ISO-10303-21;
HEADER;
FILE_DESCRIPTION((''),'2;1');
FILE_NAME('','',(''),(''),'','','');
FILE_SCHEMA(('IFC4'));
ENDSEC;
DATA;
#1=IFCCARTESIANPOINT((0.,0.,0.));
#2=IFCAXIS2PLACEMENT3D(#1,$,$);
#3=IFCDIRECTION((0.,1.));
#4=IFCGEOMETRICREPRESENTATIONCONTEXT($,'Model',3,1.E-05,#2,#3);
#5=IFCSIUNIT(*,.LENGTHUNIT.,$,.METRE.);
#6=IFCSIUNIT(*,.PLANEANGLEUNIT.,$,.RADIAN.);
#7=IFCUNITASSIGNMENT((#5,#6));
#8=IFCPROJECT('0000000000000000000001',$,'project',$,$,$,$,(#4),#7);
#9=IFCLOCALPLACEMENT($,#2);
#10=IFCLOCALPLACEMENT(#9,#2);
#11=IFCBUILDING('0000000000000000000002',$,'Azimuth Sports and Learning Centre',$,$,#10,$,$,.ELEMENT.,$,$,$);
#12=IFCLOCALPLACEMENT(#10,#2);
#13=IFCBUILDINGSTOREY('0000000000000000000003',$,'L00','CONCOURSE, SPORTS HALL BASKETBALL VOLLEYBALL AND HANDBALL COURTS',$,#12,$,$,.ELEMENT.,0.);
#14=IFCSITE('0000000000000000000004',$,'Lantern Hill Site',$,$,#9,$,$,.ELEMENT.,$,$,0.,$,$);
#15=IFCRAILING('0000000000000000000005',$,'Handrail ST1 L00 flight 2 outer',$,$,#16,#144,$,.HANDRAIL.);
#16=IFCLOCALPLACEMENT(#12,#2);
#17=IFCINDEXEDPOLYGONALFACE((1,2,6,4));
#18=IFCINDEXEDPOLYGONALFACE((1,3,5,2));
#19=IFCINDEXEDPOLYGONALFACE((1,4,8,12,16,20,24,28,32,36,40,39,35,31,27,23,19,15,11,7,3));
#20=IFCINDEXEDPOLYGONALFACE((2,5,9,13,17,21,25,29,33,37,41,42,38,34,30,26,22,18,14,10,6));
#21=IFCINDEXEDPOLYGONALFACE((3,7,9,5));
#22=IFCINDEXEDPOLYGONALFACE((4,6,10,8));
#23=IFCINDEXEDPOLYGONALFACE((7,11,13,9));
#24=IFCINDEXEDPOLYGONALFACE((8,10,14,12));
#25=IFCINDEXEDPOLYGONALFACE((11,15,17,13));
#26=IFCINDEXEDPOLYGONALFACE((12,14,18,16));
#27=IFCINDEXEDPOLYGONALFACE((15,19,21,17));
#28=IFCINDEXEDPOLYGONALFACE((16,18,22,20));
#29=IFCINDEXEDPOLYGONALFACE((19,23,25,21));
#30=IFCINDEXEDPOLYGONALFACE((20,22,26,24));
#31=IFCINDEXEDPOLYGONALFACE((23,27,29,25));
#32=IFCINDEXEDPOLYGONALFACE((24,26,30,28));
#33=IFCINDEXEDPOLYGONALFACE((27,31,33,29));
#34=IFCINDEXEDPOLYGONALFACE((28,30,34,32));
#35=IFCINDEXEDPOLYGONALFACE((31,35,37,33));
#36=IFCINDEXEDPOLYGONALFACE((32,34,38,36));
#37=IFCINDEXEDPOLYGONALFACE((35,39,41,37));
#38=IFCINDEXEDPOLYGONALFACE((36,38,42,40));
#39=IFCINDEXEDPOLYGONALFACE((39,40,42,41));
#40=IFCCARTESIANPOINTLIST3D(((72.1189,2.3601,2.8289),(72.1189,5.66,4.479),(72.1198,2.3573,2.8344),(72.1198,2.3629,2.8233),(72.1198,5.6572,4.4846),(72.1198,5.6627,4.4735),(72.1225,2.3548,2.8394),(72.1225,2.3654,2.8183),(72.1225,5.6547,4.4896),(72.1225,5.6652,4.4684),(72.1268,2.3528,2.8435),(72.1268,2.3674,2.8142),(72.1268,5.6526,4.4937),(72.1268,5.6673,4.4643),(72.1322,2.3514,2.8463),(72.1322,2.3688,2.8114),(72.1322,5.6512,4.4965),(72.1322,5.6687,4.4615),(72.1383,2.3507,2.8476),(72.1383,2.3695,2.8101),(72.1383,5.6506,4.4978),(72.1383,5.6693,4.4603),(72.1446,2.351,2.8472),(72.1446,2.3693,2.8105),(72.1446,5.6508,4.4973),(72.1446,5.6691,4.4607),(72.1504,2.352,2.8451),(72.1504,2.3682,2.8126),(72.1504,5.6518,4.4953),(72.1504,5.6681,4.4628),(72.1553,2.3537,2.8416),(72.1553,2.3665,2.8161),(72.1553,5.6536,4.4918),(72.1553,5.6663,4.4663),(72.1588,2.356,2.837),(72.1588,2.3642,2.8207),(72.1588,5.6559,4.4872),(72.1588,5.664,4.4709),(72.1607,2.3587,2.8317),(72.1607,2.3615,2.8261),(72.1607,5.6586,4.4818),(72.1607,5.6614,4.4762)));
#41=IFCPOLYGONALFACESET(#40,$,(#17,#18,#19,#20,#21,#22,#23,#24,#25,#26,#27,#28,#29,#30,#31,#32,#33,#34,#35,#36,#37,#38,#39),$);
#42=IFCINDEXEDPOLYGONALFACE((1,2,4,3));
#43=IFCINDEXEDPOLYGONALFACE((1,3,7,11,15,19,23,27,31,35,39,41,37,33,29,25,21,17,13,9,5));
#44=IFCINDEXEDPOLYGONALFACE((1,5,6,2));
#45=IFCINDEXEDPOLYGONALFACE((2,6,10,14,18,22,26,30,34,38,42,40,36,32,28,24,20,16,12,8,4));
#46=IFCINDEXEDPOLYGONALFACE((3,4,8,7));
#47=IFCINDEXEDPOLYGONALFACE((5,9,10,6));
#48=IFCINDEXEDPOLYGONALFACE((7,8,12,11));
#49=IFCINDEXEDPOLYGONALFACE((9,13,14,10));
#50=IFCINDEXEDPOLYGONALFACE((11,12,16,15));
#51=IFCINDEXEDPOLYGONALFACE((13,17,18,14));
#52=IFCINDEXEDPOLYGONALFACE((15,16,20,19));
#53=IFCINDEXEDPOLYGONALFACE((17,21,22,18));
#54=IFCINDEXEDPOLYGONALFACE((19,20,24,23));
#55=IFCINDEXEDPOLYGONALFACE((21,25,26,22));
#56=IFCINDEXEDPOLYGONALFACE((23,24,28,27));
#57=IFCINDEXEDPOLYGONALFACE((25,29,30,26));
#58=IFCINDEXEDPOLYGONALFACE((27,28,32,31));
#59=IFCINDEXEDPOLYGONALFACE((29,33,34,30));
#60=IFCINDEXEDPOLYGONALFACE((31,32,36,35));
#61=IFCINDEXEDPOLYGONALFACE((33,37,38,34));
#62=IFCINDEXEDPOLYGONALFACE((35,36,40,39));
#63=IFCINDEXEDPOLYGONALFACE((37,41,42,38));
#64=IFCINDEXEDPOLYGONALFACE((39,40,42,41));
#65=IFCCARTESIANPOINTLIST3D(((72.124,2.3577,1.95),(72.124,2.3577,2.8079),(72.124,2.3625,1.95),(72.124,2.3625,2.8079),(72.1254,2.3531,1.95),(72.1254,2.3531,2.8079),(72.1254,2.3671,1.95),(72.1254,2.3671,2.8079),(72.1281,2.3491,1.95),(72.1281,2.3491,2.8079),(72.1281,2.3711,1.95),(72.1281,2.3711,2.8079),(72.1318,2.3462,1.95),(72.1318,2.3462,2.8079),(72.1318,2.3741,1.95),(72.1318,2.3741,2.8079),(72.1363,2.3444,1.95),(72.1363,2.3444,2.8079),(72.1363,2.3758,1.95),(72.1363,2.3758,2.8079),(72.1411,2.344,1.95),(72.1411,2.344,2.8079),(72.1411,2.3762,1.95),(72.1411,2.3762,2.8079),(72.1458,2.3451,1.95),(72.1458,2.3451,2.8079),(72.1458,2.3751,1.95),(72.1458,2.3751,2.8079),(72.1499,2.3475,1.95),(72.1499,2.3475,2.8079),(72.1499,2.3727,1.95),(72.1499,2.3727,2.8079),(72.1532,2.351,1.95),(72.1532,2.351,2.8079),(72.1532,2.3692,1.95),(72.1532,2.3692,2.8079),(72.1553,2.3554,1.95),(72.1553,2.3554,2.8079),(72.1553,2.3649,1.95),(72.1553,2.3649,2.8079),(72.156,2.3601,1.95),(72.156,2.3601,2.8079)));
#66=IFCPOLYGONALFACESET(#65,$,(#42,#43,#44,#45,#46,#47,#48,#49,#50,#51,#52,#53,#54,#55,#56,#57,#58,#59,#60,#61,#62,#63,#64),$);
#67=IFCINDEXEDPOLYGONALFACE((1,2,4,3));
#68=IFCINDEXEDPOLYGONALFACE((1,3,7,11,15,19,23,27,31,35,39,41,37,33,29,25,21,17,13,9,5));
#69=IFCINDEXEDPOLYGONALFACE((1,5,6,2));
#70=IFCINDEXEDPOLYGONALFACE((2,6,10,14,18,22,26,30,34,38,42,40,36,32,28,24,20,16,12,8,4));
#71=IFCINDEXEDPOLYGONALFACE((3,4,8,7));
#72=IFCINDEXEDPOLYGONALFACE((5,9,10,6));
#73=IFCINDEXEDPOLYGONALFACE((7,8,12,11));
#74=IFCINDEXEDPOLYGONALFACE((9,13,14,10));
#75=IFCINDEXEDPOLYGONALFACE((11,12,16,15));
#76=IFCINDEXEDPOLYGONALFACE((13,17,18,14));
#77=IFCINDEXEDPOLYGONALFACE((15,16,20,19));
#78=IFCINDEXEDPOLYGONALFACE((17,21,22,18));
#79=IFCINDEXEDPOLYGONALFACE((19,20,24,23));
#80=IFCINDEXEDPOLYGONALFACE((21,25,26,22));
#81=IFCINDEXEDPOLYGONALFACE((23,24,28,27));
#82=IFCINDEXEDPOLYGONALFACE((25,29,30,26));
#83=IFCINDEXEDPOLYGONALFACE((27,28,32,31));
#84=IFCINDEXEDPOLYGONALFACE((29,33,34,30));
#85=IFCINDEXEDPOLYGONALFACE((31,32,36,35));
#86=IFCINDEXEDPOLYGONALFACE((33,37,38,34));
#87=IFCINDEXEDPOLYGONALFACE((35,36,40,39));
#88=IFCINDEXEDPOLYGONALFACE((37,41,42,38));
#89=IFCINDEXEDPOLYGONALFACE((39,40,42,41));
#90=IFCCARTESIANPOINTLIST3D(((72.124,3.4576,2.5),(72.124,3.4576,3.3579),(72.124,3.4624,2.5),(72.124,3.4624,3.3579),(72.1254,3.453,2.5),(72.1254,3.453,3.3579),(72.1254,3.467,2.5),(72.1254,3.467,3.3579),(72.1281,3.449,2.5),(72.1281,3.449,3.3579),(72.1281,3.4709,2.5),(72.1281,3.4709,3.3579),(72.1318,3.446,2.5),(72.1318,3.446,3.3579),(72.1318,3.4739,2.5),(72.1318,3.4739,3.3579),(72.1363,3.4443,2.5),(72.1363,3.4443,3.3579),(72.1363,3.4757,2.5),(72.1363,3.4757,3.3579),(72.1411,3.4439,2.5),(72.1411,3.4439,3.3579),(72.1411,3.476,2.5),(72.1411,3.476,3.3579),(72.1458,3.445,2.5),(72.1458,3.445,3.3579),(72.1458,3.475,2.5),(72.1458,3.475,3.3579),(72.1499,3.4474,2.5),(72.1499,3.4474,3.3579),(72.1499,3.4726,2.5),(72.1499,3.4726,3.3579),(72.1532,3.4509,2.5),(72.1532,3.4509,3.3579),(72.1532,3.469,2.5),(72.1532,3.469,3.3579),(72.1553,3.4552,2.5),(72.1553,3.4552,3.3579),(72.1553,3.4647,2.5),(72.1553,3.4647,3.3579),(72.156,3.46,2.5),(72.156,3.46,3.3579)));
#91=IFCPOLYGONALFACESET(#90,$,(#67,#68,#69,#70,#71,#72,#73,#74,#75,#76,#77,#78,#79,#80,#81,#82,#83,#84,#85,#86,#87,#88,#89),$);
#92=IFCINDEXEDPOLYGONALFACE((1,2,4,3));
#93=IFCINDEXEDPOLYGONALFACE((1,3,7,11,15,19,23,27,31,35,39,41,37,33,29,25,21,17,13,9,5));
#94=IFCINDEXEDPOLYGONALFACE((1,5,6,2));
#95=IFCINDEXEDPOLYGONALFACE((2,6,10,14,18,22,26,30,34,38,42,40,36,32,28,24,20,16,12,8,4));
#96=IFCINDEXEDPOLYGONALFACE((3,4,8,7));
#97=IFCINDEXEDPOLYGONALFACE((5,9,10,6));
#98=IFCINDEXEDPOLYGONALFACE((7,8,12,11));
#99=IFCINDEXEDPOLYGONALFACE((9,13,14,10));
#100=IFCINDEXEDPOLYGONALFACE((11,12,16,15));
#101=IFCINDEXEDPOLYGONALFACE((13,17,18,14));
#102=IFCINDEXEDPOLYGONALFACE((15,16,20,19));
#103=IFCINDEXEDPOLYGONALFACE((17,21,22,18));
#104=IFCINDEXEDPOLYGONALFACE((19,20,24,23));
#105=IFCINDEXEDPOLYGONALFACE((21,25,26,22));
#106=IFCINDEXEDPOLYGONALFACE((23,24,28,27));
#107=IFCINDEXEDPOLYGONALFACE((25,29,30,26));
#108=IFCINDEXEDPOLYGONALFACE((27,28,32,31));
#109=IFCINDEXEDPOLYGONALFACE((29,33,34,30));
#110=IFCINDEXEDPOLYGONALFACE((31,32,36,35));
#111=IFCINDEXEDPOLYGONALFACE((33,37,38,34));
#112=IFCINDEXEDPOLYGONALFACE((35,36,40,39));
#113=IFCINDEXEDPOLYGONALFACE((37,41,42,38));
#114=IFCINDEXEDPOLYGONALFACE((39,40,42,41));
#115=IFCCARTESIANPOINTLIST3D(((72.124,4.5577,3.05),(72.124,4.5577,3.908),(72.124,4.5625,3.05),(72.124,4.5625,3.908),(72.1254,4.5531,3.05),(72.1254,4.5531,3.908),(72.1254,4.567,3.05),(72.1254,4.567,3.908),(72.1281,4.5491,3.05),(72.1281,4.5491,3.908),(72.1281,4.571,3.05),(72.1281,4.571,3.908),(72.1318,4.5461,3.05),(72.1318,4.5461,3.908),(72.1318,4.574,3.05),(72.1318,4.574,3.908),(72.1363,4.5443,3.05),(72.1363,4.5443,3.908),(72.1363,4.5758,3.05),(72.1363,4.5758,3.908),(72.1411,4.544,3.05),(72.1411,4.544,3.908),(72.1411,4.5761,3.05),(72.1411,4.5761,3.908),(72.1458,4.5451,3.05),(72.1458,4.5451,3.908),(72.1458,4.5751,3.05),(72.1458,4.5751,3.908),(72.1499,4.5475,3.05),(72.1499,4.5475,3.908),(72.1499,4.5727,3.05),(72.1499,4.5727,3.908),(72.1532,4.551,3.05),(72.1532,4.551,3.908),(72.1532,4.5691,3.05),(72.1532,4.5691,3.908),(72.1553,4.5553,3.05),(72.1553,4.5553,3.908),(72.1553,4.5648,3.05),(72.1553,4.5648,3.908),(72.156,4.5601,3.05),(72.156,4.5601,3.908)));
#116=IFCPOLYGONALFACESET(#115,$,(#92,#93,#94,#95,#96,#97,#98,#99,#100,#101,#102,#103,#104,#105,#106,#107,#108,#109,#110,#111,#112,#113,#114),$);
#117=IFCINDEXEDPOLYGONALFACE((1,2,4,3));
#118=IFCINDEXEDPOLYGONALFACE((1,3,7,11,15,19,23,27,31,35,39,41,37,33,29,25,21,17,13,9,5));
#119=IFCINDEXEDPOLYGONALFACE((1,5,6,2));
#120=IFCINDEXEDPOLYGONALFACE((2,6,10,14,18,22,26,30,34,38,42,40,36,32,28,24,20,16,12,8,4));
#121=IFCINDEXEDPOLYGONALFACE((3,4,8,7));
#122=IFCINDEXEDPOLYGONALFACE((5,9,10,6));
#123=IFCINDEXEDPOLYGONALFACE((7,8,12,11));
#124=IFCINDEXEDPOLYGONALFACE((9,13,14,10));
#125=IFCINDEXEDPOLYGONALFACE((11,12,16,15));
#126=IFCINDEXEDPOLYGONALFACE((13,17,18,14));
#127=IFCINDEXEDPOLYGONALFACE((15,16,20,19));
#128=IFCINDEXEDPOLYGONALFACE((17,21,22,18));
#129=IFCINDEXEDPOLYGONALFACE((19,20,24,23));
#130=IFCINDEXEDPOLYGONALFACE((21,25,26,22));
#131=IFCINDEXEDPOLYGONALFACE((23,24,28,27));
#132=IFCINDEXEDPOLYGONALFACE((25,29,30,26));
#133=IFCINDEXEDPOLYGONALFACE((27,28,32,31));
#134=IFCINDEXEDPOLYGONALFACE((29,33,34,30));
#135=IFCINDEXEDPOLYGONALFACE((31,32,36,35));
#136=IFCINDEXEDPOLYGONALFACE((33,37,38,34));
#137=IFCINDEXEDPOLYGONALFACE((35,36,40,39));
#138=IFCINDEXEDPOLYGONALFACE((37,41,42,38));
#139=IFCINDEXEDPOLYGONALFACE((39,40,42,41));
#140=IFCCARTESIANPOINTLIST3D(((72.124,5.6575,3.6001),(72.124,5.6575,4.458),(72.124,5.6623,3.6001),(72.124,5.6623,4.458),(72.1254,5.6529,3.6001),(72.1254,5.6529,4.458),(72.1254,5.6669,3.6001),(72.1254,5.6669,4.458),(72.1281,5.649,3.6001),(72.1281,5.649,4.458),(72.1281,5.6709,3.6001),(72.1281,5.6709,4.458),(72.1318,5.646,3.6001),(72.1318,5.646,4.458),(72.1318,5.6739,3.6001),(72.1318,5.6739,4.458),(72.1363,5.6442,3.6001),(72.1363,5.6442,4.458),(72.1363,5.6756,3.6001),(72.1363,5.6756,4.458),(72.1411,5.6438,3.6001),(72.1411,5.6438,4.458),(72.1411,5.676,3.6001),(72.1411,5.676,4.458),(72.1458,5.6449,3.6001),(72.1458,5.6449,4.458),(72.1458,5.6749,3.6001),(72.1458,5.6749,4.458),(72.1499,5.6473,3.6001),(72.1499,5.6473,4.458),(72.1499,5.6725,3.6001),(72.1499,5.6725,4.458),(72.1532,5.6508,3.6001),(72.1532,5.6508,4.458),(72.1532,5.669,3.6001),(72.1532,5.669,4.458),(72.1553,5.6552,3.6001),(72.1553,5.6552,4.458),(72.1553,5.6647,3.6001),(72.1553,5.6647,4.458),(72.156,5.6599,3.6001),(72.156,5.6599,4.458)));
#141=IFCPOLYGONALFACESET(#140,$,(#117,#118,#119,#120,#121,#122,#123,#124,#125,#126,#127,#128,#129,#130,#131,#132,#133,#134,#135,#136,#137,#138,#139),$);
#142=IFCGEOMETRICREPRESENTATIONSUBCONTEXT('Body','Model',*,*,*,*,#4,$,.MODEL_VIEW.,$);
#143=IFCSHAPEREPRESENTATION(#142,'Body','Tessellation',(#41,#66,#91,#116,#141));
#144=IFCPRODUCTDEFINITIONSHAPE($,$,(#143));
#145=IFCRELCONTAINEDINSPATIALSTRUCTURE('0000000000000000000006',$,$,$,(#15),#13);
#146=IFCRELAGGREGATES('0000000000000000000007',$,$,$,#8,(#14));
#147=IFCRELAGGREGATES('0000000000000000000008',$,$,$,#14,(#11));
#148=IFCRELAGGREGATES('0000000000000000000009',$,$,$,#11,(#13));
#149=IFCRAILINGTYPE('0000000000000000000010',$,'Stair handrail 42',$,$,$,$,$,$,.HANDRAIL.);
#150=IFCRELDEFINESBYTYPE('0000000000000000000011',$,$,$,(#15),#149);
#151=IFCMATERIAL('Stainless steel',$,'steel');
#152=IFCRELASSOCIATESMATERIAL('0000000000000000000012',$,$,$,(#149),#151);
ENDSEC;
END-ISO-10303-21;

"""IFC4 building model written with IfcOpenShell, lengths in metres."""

from ifc_helpers import new_model, si_unit, direction, frame, origin, origin_2d, place, context, subcontext, project, spatial, circle, extrude, material, type_object, element, save


model = new_model("IFC4")

# Units and contexts
model_context = context("Model", 3, precision=1e-05, world=origin(), true_north=direction((0.0, 1.0)))
body_context = subcontext(model_context, "Body", "Model", "MODEL_VIEW")
ifc_project = project(units=[si_unit("LENGTHUNIT", "METRE"), si_unit("PLANEANGLEUNIT", "RADIAN")], contexts=[model_context])

# Site, building, storey
site_placement = place(None, origin())
site = spatial("IfcSite", under=ifc_project, at=site_placement, Name="Lantern Hill Site", CompositionType="ELEMENT", RefElevation=0.0)
building_placement = place(site_placement, origin())
building = spatial("IfcBuilding", under=site, at=building_placement, Name="Azimuth Sports and Learning Centre", CompositionType="ELEMENT")
storey_placement = place(building_placement, origin())
storey = spatial("IfcBuildingStorey", under=building, at=storey_placement, Name="L00", Description="CONCOURSE, SPORTS HALL BASKETBALL VOLLEYBALL AND HANDBALL COURTS", CompositionType="ELEMENT", Elevation=0.0)

# Railing
ifc_material_1 = material(Name="Stainless steel", Category="steel")
railing_type_1 = type_object("IfcRailingType", Name="Stair handrail 42", PredefinedType="HANDRAIL", material=ifc_material_1)
for number, where, name in (
    (1, (72.1399, 2.3601, 1.95), "Handrail ST1 L00 flight 2 outer"),
):
    element("IfcRailing", number, at=place(storey_placement, frame(where)), inside=storey, type_object=railing_type_1, Name=name, PredefinedType="HANDRAIL", context=body_context, shape_type="SweptSolid", body=[
        extrude(circle(Radius=0.021, at=origin_2d()), frame((0.0, 0.0, 0.8789), z_axis=(0.0, 0.894401, 0.447267), x_axis=(-1.0, 0.0, 0.0)), (0.0, 0.0, 1.0), 3.6895),
        extrude(circle(Radius=0.0161, at=origin_2d()), origin(), (0.0, 0.0, 1.0), 0.8579),
        extrude(circle(Radius=0.0161, at=origin_2d()), frame((0.0, 1.0999, 0.55)), (0.0, 0.0, 1.0), 0.8579),
        extrude(circle(Radius=0.0161, at=origin_2d()), frame((0.0, 2.2, 1.1001)), (0.0, 0.0, 1.0), 0.8579),
        extrude(circle(Radius=0.0161, at=origin_2d()), frame((0.0, 3.2998, 1.6501)), (0.0, 0.0, 1.0), 0.8579),
    ])

save(model, "model.ifc")
